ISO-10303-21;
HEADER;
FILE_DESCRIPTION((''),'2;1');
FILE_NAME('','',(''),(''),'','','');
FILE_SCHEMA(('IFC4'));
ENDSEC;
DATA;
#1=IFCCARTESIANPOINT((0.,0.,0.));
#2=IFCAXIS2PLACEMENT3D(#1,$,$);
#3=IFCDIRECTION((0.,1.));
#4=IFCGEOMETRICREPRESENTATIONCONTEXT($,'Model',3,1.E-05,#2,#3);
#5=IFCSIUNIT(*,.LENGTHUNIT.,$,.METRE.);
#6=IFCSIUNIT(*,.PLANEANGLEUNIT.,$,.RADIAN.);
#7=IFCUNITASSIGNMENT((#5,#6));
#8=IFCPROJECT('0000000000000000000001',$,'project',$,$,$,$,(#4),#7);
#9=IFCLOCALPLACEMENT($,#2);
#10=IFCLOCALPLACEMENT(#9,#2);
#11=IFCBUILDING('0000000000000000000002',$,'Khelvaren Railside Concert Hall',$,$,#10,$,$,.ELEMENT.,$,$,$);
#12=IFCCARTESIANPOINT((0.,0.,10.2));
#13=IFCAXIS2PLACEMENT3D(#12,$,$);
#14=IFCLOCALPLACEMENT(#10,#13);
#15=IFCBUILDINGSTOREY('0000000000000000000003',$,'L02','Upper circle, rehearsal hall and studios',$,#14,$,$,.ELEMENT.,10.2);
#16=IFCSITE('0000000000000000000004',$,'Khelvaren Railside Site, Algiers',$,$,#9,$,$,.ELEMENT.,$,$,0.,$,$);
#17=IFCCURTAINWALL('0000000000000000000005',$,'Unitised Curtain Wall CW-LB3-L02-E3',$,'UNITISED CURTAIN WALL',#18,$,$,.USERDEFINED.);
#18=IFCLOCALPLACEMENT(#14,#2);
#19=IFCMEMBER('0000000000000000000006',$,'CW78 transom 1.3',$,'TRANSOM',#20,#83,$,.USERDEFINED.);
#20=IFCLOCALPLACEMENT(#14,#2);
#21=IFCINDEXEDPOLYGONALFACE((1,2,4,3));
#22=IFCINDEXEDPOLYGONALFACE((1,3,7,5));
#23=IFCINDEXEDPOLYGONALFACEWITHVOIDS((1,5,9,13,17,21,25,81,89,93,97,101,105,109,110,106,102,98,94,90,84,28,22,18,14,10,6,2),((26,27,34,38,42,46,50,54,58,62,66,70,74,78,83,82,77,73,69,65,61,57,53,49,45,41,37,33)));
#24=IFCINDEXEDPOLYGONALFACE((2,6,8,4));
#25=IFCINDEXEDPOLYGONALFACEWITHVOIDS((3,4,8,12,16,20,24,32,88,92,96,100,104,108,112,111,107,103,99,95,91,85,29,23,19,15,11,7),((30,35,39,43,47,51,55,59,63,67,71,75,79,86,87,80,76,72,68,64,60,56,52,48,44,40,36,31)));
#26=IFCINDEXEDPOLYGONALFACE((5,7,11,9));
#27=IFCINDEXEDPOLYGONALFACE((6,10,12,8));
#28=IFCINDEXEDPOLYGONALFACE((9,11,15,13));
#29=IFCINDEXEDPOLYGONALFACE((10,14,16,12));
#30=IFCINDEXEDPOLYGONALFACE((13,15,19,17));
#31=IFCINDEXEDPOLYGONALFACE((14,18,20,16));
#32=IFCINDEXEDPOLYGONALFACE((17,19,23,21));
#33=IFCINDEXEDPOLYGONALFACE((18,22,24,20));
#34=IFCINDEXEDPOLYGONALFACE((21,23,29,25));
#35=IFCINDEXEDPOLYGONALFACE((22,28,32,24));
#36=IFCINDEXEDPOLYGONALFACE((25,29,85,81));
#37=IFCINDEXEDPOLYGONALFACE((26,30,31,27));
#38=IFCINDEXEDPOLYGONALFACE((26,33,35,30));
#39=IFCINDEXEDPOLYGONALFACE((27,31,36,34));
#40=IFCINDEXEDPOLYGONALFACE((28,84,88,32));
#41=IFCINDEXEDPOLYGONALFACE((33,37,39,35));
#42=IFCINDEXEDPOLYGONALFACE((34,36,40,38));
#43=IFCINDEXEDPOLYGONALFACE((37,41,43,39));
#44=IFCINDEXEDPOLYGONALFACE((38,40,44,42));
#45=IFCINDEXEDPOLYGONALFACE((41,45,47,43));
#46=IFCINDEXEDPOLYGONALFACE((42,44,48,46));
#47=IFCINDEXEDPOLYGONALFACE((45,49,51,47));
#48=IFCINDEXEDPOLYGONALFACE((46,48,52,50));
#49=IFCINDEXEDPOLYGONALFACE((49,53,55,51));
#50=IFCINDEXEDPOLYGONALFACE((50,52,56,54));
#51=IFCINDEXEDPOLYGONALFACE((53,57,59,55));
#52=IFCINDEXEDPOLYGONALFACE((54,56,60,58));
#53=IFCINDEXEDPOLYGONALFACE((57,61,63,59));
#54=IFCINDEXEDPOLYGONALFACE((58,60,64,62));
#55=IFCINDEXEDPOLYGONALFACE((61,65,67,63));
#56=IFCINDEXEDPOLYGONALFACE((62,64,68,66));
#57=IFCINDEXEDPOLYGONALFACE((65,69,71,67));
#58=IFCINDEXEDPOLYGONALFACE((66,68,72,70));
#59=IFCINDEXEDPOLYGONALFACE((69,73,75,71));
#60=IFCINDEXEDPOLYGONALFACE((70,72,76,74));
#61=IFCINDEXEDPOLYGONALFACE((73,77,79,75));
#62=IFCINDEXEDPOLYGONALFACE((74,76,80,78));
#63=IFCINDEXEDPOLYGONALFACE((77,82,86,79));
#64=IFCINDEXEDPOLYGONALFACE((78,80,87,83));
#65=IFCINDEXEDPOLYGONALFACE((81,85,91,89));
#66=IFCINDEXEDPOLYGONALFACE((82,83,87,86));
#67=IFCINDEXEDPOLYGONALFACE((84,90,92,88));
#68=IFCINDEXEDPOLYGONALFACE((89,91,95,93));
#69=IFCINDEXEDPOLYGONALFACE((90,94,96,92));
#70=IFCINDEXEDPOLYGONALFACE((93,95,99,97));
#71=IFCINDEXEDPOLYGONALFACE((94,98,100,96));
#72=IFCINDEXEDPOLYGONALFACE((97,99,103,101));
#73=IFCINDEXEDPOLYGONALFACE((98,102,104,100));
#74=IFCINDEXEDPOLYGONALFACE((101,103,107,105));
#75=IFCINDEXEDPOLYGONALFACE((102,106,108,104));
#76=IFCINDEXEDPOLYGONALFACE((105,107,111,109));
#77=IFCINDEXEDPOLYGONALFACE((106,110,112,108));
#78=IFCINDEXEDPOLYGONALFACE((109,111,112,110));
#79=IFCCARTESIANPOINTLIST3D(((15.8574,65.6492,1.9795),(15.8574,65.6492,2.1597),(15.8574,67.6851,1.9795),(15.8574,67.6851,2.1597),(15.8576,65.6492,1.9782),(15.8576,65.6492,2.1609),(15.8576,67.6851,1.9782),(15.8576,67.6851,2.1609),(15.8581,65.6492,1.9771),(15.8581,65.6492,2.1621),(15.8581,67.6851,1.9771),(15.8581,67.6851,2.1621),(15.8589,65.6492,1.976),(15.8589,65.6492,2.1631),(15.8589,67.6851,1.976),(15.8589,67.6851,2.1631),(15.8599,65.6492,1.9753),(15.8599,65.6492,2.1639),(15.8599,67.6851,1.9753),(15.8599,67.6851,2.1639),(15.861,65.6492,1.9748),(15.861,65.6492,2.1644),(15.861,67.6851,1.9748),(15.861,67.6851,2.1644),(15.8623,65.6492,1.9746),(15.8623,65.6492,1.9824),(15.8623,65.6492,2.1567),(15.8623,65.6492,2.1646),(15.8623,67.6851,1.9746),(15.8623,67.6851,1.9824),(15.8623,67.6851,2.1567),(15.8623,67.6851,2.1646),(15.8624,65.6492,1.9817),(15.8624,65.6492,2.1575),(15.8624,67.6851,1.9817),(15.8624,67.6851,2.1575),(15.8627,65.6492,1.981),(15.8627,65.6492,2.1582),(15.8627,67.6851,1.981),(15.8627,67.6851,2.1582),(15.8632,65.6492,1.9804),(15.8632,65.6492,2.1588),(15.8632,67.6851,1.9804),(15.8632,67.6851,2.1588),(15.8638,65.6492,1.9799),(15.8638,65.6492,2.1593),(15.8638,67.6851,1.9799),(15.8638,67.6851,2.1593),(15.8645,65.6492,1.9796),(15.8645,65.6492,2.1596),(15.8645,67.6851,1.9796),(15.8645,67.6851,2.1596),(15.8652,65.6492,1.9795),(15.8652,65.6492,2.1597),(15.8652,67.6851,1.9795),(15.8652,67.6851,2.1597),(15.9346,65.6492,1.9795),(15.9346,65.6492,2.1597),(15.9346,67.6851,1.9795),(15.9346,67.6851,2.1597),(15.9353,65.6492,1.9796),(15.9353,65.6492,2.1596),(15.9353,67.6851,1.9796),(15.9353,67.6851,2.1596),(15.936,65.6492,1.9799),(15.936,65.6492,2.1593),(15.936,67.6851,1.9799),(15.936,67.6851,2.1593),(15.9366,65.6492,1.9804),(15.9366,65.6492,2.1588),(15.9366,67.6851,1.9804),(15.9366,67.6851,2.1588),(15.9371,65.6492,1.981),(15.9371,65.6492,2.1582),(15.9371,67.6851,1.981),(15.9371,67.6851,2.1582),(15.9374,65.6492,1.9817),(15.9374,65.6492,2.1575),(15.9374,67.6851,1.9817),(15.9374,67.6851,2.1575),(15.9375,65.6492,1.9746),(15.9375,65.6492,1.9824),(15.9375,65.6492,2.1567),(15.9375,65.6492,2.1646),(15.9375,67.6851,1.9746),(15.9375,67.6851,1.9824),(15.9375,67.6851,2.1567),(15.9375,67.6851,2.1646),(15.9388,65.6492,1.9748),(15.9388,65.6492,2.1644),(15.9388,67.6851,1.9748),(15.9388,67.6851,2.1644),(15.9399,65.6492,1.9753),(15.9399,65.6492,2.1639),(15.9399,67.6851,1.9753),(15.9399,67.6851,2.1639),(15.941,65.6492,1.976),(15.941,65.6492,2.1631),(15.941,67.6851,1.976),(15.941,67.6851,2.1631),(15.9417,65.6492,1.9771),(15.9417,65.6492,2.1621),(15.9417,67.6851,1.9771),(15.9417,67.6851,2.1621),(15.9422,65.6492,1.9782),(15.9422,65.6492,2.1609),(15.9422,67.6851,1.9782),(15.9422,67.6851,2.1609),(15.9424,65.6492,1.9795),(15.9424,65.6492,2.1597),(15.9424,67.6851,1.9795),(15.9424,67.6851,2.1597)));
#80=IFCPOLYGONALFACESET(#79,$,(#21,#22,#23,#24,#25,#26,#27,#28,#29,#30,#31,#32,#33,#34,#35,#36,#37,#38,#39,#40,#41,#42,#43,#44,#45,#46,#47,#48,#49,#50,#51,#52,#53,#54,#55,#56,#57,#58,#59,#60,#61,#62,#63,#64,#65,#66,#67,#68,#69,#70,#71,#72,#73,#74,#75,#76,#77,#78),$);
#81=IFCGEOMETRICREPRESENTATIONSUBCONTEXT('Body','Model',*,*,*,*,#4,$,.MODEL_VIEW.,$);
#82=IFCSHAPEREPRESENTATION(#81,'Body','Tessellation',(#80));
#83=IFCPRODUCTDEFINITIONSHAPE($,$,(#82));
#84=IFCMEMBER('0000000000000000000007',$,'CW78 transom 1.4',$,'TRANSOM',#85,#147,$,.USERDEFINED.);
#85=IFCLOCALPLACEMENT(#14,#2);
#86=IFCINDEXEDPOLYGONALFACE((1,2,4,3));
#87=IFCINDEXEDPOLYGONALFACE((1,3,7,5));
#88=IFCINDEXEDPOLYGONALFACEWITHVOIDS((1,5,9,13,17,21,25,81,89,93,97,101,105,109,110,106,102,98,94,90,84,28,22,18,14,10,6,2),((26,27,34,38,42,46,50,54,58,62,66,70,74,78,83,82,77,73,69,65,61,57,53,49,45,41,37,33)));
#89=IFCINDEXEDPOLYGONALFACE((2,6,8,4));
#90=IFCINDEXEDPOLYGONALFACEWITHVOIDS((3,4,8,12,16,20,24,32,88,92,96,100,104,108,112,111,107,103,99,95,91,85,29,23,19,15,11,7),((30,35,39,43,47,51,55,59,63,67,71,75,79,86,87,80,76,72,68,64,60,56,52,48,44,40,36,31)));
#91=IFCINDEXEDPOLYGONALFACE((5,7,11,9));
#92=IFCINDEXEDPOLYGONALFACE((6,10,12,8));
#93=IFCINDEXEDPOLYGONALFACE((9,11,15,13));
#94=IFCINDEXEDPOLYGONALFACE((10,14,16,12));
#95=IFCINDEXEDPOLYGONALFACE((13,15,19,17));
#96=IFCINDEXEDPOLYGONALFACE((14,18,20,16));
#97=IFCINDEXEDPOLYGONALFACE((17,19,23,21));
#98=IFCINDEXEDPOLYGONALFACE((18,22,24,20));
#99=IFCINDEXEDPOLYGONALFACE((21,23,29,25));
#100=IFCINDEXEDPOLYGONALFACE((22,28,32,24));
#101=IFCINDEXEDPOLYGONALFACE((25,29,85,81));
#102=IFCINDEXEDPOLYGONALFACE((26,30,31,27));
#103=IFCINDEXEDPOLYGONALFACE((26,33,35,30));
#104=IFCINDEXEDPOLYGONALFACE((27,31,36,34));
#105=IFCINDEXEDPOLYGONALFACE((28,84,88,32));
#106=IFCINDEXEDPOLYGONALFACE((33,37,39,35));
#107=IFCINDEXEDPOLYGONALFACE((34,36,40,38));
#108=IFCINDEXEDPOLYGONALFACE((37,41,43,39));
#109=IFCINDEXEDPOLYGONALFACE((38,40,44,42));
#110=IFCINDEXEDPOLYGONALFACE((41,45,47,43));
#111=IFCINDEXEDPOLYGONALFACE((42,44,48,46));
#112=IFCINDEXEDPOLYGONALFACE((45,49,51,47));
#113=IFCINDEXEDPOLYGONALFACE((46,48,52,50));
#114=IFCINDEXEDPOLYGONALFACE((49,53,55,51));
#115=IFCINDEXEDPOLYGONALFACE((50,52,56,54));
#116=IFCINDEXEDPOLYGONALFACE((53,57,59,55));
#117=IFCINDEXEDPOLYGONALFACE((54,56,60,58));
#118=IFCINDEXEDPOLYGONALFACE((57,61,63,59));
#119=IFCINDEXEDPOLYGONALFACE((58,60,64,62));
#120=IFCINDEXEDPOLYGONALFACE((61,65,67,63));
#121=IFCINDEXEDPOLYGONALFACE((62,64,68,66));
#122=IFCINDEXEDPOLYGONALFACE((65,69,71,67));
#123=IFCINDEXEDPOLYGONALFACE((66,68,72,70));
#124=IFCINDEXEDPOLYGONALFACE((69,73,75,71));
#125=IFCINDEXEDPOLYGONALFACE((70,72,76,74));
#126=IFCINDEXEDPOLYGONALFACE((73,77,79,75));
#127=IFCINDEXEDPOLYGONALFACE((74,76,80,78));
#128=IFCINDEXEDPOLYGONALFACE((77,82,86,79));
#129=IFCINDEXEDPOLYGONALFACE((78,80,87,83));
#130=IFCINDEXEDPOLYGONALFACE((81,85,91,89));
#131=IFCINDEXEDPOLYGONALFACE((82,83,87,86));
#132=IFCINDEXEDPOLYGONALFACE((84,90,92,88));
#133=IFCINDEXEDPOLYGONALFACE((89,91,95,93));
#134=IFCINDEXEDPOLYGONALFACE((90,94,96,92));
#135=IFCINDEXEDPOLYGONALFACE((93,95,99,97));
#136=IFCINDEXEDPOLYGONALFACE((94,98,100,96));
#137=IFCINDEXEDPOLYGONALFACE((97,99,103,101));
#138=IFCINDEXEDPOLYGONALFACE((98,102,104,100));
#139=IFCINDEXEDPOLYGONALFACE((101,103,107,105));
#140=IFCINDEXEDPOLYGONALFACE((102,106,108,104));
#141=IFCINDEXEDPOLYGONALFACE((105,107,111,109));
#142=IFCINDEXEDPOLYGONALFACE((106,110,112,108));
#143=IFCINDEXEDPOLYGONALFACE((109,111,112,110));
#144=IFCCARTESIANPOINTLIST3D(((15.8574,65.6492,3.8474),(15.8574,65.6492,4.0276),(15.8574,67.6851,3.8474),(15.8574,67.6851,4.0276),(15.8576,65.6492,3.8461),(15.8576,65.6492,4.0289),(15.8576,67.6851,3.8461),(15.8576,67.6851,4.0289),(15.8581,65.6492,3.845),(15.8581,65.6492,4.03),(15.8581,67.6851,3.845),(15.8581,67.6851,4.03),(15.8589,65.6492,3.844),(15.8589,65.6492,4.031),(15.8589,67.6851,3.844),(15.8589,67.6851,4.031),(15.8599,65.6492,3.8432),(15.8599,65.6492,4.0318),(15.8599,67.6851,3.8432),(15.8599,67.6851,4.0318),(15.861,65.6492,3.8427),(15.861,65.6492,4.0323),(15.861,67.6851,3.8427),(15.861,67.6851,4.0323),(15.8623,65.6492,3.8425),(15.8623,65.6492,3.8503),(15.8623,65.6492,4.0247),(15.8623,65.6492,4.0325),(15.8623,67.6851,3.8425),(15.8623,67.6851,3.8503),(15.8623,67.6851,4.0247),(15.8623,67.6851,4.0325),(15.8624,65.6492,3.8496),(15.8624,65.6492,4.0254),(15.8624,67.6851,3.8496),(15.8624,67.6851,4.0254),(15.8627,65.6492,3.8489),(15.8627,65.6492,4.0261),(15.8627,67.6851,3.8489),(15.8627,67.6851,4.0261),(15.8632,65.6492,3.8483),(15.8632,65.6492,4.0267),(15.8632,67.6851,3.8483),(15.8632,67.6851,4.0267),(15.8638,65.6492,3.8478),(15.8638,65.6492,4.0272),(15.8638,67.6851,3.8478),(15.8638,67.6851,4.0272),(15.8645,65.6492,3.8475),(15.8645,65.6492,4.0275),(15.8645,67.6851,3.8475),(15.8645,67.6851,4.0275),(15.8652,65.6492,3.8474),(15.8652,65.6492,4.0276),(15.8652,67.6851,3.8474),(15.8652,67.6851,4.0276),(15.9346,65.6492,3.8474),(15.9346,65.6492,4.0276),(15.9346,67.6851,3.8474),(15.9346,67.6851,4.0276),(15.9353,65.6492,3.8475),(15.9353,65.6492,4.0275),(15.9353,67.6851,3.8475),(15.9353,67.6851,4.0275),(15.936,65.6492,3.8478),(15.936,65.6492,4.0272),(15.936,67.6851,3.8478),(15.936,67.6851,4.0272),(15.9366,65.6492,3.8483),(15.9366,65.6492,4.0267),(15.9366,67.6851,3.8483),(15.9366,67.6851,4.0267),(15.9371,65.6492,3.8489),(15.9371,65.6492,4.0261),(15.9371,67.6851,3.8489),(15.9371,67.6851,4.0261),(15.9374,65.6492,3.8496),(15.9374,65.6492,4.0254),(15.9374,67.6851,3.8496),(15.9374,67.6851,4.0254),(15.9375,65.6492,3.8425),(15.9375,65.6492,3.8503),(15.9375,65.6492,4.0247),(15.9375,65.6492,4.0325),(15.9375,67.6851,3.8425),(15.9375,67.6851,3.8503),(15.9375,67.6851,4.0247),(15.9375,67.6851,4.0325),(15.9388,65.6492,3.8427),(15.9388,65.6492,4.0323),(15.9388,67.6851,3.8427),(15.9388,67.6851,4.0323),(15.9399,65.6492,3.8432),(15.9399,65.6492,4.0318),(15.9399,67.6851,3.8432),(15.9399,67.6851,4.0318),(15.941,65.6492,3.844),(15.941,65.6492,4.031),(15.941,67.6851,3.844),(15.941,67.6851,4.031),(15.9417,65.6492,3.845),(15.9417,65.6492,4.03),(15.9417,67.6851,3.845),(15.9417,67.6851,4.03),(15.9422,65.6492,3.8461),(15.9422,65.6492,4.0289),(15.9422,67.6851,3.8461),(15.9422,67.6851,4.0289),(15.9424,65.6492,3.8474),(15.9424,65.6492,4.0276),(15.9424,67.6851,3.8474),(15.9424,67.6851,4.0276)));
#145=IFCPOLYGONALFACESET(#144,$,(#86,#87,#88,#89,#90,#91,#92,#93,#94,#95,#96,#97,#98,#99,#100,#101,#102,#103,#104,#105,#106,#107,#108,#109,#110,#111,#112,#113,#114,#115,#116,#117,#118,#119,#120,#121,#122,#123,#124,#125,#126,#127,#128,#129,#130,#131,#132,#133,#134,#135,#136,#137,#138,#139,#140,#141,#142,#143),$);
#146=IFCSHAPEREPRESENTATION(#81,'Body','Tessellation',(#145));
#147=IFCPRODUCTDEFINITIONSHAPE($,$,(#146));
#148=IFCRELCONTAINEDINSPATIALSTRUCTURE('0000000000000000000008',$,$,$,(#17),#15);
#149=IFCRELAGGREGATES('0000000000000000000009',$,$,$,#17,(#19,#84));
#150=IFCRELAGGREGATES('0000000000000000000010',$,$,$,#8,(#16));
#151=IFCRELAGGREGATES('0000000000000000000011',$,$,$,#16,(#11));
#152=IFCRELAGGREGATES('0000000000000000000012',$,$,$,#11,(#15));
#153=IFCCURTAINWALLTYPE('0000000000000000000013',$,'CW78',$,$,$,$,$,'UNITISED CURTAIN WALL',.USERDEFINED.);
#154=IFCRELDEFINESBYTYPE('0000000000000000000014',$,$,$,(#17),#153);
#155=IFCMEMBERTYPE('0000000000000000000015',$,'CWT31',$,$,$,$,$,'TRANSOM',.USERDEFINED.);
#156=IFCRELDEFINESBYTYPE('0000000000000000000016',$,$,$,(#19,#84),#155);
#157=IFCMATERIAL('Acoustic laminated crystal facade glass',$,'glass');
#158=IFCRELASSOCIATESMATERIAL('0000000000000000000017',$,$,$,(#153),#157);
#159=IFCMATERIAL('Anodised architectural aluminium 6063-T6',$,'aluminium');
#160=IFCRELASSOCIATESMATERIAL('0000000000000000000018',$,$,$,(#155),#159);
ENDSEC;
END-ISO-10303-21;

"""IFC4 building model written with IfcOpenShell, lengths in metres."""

from ifc_helpers import new_model, si_unit, direction, frame, origin, origin_2d, place, context, subcontext, project, spatial, hollow_rectangle, extrude, material, material_profile, profile_set, type_object, element, aggregate, save


model = new_model("IFC4")

# Units and contexts
model_context = context("Model", 3, precision=1e-05, world=origin(), true_north=direction((0.0, 1.0)))
body_context = subcontext(model_context, "Body", "Model", "MODEL_VIEW")
ifc_project = project(units=[si_unit("LENGTHUNIT", "METRE"), si_unit("PLANEANGLEUNIT", "RADIAN")], contexts=[model_context])

# Site, building, storey
site_placement = place(None, origin())
site = spatial("IfcSite", under=ifc_project, at=site_placement, Name="Khelvaren Railside Site, Algiers", CompositionType="ELEMENT", RefElevation=0.0)
building_placement = place(site_placement, origin())
building = spatial("IfcBuilding", under=site, at=building_placement, Name="Khelvaren Railside Concert Hall", CompositionType="ELEMENT")
storey_placement = place(building_placement, frame((0.0, 0.0, 10.2)))
storey = spatial("IfcBuildingStorey", under=building, at=storey_placement, Name="L02", Description="Upper circle, rehearsal hall and studios", CompositionType="ELEMENT", Elevation=10.2)

# Curtain wall, members
ifc_material_1 = material(Name="Acoustic laminated crystal facade glass", Category="glass")
curtain_wall_type = type_object("IfcCurtainWallType", Name="CW78", ElementType="UNITISED CURTAIN WALL", PredefinedType="USERDEFINED", material=ifc_material_1)
curtain_wall_placement = place(storey_placement, origin())
curtain_wall = element("IfcCurtainWall", 1, at=curtain_wall_placement, inside=storey, type_object=curtain_wall_type, Name="Unitised Curtain Wall CW-LB3-L02-E3", ObjectType="UNITISED CURTAIN WALL", PredefinedType="USERDEFINED")
ifc_material_2 = material(Name="Anodised architectural aluminium 6063-T6", Category="aluminium")
ifc_material_profile_1 = material_profile(ifc_material_2, hollow_rectangle(XDim=0.085, YDim=0.1899, WallThickness=0.0049, InnerFilletRadius=0.0029, OuterFilletRadius=0.0049, at=origin_2d()), Name="CWT 85x190x5")
ifc_profile_set_1 = profile_set([ifc_material_profile_1], Name="Anodised architectural aluminium 6063-T6")
member_type_1 = type_object("IfcMemberType", Name="CWT31", ElementType="TRANSOM", PredefinedType="USERDEFINED", material=ifc_profile_set_1)
member_1_placement = place(storey_placement, frame((15.8999, 67.6851, 2.0696), z_axis=(0.0, -1.0, 0.0), x_axis=(1.0, 0.0, 0.0)))
member_1 = element("IfcMember", 2, at=member_1_placement, type_object=member_type_1, Name="CW78 transom 1.3", ObjectType="TRANSOM", PredefinedType="USERDEFINED", context=body_context, shape_type="SweptSolid", body=[
    extrude(hollow_rectangle(XDim=0.085, YDim=0.1899, WallThickness=0.0049, InnerFilletRadius=0.0029, OuterFilletRadius=0.0049, at=origin_2d()), origin(), (0.0, 0.0, 1.0), 2.0359),
])
member_2_placement = place(storey_placement, frame((15.8999, 67.6851, 3.9375), z_axis=(0.0, -1.0, 0.0), x_axis=(1.0, 0.0, 0.0)))
member_2 = element("IfcMember", 3, at=member_2_placement, type_object=member_type_1, Name="CW78 transom 1.4", ObjectType="TRANSOM", PredefinedType="USERDEFINED", context=body_context, shape_type="SweptSolid", body=[
    extrude(hollow_rectangle(XDim=0.085, YDim=0.1899, WallThickness=0.0049, InnerFilletRadius=0.0029, OuterFilletRadius=0.0049, at=origin_2d()), origin(), (0.0, 0.0, 1.0), 2.0359),
])

aggregate(curtain_wall, [member_1, member_2])

save(model, "model.ifc")
